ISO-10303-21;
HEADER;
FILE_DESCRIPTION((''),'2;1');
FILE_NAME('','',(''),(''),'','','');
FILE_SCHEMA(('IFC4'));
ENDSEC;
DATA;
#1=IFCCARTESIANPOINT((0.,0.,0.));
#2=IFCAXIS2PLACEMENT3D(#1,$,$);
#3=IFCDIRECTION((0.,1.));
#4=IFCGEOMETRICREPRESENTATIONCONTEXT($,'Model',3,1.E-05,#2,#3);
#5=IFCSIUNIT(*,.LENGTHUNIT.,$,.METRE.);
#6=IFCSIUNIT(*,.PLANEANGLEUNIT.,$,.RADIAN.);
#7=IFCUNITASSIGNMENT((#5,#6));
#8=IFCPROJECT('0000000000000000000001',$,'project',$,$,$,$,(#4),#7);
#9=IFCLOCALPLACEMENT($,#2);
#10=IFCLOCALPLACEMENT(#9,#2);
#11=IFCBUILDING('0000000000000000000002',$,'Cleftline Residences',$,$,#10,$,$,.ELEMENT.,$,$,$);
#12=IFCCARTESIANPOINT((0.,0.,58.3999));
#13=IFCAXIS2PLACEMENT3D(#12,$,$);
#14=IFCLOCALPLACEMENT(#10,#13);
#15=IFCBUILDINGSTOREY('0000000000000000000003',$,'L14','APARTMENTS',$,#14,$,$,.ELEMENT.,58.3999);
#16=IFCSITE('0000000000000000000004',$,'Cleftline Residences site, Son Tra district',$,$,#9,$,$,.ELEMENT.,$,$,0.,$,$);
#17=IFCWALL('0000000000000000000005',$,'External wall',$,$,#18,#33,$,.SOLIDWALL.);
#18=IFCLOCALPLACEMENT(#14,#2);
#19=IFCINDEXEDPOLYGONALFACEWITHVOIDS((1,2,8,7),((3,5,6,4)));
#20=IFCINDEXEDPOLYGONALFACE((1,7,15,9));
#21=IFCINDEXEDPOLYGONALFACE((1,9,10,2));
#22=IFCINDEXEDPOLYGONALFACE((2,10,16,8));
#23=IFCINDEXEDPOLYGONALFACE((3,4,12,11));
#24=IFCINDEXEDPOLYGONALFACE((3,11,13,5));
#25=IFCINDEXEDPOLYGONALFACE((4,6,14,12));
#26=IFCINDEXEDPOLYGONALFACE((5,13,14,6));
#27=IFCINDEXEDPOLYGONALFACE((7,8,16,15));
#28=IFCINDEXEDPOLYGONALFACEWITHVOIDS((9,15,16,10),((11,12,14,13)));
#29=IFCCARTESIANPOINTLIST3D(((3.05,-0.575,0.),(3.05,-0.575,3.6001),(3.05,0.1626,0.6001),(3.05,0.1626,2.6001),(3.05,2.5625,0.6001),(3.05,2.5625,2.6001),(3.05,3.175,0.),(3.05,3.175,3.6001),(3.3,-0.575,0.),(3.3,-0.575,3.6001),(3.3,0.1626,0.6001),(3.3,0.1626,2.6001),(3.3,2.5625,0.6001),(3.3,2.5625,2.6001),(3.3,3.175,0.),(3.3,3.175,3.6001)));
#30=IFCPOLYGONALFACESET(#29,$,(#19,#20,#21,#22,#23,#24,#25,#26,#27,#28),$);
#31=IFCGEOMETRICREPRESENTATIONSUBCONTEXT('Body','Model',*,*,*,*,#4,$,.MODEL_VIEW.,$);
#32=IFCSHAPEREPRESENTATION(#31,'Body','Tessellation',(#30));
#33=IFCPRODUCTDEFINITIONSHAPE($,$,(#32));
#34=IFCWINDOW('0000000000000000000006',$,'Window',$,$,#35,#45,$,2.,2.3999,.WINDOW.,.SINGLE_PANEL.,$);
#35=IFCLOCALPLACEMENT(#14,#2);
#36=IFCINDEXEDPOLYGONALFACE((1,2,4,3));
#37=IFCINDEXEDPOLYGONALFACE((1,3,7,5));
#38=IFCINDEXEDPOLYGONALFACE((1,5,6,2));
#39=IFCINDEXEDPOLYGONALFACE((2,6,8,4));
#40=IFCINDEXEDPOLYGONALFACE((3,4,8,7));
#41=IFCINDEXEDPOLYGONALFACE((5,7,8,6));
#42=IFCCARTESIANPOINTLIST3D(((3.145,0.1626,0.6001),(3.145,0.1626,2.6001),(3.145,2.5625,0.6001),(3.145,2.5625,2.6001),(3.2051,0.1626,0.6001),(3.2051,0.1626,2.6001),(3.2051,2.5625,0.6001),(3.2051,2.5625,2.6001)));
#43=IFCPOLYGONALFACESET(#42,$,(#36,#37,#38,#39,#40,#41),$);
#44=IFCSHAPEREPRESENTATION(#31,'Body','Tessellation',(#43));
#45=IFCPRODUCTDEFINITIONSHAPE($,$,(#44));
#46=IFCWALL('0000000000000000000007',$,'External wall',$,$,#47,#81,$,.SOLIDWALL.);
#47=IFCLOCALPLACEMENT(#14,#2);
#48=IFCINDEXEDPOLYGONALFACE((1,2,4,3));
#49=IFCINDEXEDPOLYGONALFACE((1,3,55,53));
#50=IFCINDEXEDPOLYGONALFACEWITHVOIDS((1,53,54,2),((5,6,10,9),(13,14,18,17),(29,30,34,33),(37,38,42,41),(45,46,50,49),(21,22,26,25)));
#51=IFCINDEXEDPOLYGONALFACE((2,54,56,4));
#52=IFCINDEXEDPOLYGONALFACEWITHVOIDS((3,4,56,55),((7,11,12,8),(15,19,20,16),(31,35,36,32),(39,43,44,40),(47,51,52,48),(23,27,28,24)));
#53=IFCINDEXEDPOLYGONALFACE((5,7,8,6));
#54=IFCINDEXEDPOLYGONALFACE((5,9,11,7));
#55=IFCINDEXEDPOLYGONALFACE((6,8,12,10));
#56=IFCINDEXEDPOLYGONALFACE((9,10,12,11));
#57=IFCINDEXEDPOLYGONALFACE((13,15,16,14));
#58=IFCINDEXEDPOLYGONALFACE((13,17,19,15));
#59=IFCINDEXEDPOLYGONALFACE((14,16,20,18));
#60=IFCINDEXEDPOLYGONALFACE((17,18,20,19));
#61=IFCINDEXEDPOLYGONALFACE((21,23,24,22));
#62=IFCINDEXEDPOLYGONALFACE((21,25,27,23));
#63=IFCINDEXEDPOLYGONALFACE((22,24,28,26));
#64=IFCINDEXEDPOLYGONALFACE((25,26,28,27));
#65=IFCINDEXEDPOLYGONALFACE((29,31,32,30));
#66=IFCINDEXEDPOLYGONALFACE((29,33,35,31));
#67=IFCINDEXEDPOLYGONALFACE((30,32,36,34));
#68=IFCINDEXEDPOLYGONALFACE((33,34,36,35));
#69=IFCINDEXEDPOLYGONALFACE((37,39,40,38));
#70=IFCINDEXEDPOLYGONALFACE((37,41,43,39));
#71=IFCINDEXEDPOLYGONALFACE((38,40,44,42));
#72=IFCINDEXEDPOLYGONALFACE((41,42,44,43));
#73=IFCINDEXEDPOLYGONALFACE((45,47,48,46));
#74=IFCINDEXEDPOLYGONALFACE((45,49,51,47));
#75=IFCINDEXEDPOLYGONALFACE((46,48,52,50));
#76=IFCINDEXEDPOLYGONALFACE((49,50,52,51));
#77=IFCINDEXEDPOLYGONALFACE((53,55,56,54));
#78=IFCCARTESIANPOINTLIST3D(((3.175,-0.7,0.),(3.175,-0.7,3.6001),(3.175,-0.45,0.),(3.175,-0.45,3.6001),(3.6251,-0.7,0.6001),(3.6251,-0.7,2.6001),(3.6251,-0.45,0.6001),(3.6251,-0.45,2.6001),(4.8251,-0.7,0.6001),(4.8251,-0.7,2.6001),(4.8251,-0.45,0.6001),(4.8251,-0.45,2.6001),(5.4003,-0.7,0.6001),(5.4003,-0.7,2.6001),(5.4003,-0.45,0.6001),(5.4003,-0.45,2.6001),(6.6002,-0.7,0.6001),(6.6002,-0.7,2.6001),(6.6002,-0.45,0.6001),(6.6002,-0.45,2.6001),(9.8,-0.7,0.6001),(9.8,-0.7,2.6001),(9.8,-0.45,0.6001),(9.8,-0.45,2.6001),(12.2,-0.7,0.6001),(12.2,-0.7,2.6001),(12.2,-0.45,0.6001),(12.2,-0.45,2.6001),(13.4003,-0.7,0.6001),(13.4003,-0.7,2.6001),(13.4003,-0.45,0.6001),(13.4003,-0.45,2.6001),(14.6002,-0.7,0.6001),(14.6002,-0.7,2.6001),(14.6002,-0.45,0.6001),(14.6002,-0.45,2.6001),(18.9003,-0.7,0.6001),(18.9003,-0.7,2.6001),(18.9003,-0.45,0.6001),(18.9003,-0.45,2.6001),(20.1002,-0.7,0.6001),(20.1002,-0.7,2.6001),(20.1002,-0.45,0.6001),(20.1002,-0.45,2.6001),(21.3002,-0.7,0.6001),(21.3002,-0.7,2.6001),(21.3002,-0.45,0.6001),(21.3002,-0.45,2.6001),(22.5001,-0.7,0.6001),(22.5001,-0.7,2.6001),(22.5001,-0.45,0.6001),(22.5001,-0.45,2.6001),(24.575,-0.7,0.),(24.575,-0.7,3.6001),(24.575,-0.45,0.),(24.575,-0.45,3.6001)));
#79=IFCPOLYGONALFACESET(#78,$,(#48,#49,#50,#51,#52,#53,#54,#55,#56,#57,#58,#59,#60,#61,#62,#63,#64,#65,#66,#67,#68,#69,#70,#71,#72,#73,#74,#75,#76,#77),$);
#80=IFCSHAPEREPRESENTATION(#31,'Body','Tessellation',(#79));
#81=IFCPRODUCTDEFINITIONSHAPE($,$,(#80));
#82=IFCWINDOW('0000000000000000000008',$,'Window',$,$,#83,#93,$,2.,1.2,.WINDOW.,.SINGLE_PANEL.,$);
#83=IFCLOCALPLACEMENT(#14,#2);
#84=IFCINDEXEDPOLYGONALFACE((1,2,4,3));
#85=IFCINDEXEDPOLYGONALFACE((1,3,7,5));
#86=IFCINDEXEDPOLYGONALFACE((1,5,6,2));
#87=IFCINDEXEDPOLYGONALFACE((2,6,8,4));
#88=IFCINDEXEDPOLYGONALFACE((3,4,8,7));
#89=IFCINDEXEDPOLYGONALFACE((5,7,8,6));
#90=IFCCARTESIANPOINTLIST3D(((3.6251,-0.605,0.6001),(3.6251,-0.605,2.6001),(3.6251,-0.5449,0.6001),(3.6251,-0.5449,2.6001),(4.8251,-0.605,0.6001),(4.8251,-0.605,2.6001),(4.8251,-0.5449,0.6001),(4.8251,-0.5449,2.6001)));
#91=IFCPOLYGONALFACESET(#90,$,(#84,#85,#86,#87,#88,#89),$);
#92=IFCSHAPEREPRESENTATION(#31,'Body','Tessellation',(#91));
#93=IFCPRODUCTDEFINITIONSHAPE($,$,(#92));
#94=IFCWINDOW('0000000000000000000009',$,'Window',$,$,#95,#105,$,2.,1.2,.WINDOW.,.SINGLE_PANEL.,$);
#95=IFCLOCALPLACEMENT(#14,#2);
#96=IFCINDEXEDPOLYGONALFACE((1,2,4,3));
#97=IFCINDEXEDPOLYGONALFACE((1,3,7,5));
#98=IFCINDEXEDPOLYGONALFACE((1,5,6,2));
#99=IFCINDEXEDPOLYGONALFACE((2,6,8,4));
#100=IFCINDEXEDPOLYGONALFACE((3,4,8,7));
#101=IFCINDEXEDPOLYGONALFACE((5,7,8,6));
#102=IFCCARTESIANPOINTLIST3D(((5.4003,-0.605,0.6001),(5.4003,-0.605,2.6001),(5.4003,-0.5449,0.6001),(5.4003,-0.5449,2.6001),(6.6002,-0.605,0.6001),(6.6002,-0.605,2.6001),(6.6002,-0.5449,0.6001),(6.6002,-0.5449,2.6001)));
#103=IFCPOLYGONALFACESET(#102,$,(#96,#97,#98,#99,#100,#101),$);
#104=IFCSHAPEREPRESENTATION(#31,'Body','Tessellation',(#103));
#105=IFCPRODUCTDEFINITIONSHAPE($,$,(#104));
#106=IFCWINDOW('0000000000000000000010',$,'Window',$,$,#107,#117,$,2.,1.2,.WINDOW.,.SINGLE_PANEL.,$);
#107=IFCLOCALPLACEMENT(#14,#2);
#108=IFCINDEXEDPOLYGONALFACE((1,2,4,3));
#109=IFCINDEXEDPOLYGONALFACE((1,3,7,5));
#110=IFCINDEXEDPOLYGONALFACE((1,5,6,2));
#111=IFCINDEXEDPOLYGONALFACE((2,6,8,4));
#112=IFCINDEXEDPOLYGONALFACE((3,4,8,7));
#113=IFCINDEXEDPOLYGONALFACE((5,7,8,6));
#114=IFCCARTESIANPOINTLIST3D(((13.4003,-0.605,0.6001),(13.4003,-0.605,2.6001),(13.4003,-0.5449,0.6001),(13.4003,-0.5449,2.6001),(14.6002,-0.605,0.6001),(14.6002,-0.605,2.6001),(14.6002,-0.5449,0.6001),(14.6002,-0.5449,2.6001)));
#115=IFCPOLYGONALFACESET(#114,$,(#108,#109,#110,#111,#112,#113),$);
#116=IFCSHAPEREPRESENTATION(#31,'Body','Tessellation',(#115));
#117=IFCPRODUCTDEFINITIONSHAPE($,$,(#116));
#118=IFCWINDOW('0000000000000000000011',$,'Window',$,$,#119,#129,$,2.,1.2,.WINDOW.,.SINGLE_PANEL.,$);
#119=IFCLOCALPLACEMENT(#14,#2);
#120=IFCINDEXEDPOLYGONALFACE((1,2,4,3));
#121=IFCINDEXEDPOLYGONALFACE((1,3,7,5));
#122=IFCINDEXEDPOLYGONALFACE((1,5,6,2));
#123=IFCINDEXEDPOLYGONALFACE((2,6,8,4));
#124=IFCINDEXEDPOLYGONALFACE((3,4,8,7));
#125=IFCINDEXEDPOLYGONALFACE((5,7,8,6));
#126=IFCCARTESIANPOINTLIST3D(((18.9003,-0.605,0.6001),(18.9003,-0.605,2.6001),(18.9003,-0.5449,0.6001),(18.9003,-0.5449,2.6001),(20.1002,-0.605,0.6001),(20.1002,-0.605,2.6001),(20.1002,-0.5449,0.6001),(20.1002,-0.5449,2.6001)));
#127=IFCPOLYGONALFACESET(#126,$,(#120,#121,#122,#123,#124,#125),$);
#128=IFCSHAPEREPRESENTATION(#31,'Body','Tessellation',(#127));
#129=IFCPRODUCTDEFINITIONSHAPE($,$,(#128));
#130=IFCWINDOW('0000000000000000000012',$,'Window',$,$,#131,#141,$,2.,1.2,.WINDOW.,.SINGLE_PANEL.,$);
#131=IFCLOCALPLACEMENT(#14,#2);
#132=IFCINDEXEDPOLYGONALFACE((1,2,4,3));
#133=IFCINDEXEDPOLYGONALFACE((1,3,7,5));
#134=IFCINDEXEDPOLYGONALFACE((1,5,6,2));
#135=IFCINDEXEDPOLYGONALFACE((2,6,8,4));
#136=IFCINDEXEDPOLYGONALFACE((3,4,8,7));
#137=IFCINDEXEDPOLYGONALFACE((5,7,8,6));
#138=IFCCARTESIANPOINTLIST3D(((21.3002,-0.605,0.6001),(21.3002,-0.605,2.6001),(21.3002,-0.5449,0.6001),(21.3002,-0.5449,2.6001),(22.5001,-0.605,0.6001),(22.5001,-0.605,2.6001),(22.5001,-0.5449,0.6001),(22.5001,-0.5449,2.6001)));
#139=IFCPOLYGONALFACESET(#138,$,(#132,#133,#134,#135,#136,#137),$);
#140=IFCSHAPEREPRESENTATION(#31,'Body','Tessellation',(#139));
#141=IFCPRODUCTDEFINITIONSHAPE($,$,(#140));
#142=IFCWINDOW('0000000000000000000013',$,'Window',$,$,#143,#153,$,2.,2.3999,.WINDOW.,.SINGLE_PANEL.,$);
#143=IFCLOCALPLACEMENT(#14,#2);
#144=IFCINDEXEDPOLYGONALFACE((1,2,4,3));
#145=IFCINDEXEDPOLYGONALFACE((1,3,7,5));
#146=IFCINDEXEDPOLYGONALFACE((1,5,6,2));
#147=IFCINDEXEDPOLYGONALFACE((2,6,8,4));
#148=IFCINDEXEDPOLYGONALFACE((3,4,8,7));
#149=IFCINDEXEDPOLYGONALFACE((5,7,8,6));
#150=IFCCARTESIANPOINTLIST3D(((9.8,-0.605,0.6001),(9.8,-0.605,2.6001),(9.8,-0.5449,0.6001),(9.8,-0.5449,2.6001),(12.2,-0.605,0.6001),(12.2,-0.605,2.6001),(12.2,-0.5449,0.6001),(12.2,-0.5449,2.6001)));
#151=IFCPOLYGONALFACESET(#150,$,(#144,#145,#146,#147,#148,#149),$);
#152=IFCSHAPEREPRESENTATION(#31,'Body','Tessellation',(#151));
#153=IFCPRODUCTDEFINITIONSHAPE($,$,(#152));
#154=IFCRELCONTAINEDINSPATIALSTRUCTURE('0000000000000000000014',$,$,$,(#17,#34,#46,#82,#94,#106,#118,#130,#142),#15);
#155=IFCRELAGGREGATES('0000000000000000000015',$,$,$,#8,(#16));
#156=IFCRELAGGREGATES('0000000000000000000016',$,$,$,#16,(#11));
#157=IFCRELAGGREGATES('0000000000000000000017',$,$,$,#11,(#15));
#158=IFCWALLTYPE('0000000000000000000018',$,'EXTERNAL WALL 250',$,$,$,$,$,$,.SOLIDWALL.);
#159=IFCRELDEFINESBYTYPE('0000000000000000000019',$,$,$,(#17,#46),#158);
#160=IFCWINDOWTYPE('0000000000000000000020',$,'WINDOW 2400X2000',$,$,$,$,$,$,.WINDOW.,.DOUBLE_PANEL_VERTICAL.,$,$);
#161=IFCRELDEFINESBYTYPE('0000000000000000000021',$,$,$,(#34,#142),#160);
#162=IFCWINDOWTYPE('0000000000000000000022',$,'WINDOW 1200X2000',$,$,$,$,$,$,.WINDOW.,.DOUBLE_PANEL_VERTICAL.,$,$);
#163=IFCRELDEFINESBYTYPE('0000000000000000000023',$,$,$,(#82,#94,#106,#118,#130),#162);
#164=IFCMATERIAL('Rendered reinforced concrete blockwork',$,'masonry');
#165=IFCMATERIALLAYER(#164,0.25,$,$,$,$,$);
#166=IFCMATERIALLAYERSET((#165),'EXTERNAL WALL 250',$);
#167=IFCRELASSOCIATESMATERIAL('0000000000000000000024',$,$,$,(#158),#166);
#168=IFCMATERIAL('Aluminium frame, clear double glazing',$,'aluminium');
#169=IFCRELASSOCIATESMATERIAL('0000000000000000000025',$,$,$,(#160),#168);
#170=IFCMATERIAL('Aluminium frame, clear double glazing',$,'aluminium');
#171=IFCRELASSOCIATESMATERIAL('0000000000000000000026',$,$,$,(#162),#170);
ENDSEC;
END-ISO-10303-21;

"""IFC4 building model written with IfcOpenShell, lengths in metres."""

from ifc_helpers import new_model, si_unit, direction, frame, frame_2d, origin, place, context, subcontext, project, spatial, rectangle, extrude, material, layer, layer_set, type_object, element, fill, save


model = new_model("IFC4")

# Units and contexts
model_context = context("Model", 3, precision=1e-05, world=origin(), true_north=direction((0.0, 1.0)))
body_context = subcontext(model_context, "Body", "Model", "MODEL_VIEW")
ifc_project = project(units=[si_unit("LENGTHUNIT", "METRE"), si_unit("PLANEANGLEUNIT", "RADIAN")], contexts=[model_context])

# Site, building, storey
site_placement = place(None, origin())
site = spatial("IfcSite", under=ifc_project, at=site_placement, Name="Cleftline Residences site, Son Tra district", CompositionType="ELEMENT", RefElevation=0.0)
building_placement = place(site_placement, origin())
building = spatial("IfcBuilding", under=site, at=building_placement, Name="Cleftline Residences", CompositionType="ELEMENT")
storey_placement = place(building_placement, frame((0.0, 0.0, 58.3999)))
storey = spatial("IfcBuildingStorey", under=building, at=storey_placement, Name="L14", Description="APARTMENTS", CompositionType="ELEMENT", Elevation=58.3999)

# Wall, opening, window
ifc_material_1 = material(Name="Rendered reinforced concrete blockwork", Category="masonry")
ifc_layer_1 = layer(ifc_material_1, 0.25)
ifc_layer_set_1 = layer_set([ifc_layer_1], Name="EXTERNAL WALL 250")
wall_type_1 = type_object("IfcWallType", Name="EXTERNAL WALL 250", PredefinedType="SOLIDWALL", material=ifc_layer_set_1)
wall_1_placement = place(storey_placement, frame((3.175, 3.175, 0.0), z_axis=(0.0, 0.0, 1.0), x_axis=(0.0, -1.0, 0.0)))
wall_1 = element("IfcWall", 1, at=wall_1_placement, inside=storey, type_object=wall_type_1, Name="External wall", PredefinedType="SOLIDWALL", context=body_context, shape_type="SweptSolid", body=[
    extrude(rectangle(XDim=3.75, YDim=0.25, at=frame_2d((1.875, 0.0))), origin(), (0.0, 0.0, 1.0), 3.6001),
])
opening_1_placement = place(wall_1_placement, frame((0.6125, 0.0, 0.6001)))
opening_1 = element("IfcOpeningElement", 2, at=opening_1_placement, cuts=wall_1, PredefinedType="OPENING", context=body_context, shape_type="SweptSolid", body=[
    extrude(rectangle(XDim=2.3999, YDim=2.0, at=frame_2d((1.2, 1.0))), frame((0.0, 0.135, 0.0), z_axis=(0.0, -1.0, 0.0), x_axis=(1.0, 0.0, 0.0)), (0.0, 0.0, 1.0), 0.27),
])
ifc_material_2 = material(Name="Aluminium frame, clear double glazing", Category="aluminium")
window_type_1 = type_object("IfcWindowType", Name="WINDOW 2400X2000", PartitioningType="DOUBLE_PANEL_VERTICAL", PredefinedType="WINDOW", material=ifc_material_2)
window_1_placement = place(opening_1_placement, origin())
window_1 = element("IfcWindow", 3, at=window_1_placement, inside=storey, type_object=window_type_1, Name="Window", OverallHeight=2.0, OverallWidth=2.3999, PartitioningType="SINGLE_PANEL", PredefinedType="WINDOW", context=body_context, shape_type="SweptSolid", body=[
    extrude(rectangle(XDim=2.3999, YDim=2.0, at=frame_2d((1.2, 1.0))), frame((0.0, 0.03, 0.0), z_axis=(0.0, -1.0, 0.0), x_axis=(1.0, 0.0, 0.0)), (0.0, 0.0, 1.0), 0.0601),
])
fill(opening_1, window_1)

# Wall, openings, windows
wall_2_placement = place(storey_placement, frame((3.175, -0.575, 0.0), z_axis=(0.0, 0.0, 1.0), x_axis=(1.0, 0.0, 0.0)))
wall_2 = element("IfcWall", 4, at=wall_2_placement, inside=storey, type_object=wall_type_1, Name="External wall", PredefinedType="SOLIDWALL", context=body_context, shape_type="SweptSolid", body=[
    extrude(rectangle(XDim=21.3999, YDim=0.25, at=frame_2d((10.7, 0.0))), origin(), (0.0, 0.0, 1.0), 3.6001),
])
opening_2_placement = place(wall_2_placement, frame((0.45, 0.0, 0.6001)))
opening_2 = element("IfcOpeningElement", 5, at=opening_2_placement, cuts=wall_2, PredefinedType="OPENING", context=body_context, shape_type="SweptSolid", body=[
    extrude(rectangle(XDim=1.2, YDim=2.0, at=frame_2d((0.6001, 1.0))), frame((0.0, 0.135, 0.0), z_axis=(0.0, -1.0, 0.0), x_axis=(1.0, 0.0, 0.0)), (0.0, 0.0, 1.0), 0.27),
])
opening_3_placement = place(wall_2_placement, frame((2.2251, 0.0, 0.6001)))
opening_3 = element("IfcOpeningElement", 6, at=opening_3_placement, cuts=wall_2, PredefinedType="OPENING", context=body_context, shape_type="SweptSolid", body=[
    extrude(rectangle(XDim=1.2, YDim=2.0, at=frame_2d((0.6001, 1.0))), frame((0.0, 0.135, 0.0), z_axis=(0.0, -1.0, 0.0), x_axis=(1.0, 0.0, 0.0)), (0.0, 0.0, 1.0), 0.27),
])
opening_4_placement = place(wall_2_placement, frame((6.625, 0.0, 0.6001)))
opening_4 = element("IfcOpeningElement", 7, at=opening_4_placement, cuts=wall_2, PredefinedType="OPENING", context=body_context, shape_type="SweptSolid", body=[
    extrude(rectangle(XDim=2.3999, YDim=2.0, at=frame_2d((1.2, 1.0))), frame((0.0, 0.135, 0.0), z_axis=(0.0, -1.0, 0.0), x_axis=(1.0, 0.0, 0.0)), (0.0, 0.0, 1.0), 0.27),
])
opening_5_placement = place(wall_2_placement, frame((10.2251, 0.0, 0.6001)))
opening_5 = element("IfcOpeningElement", 8, at=opening_5_placement, cuts=wall_2, PredefinedType="OPENING", context=body_context, shape_type="SweptSolid", body=[
    extrude(rectangle(XDim=1.2, YDim=2.0, at=frame_2d((0.6001, 1.0))), frame((0.0, 0.135, 0.0), z_axis=(0.0, -1.0, 0.0), x_axis=(1.0, 0.0, 0.0)), (0.0, 0.0, 1.0), 0.27),
])
opening_6_placement = place(wall_2_placement, frame((15.7251, 0.0, 0.6001)))
opening_6 = element("IfcOpeningElement", 9, at=opening_6_placement, cuts=wall_2, PredefinedType="OPENING", context=body_context, shape_type="SweptSolid", body=[
    extrude(rectangle(XDim=1.2, YDim=2.0, at=frame_2d((0.6001, 1.0))), frame((0.0, 0.135, 0.0), z_axis=(0.0, -1.0, 0.0), x_axis=(1.0, 0.0, 0.0)), (0.0, 0.0, 1.0), 0.27),
])
opening_7_placement = place(wall_2_placement, frame((18.125, 0.0, 0.6001)))
opening_7 = element("IfcOpeningElement", 10, at=opening_7_placement, cuts=wall_2, PredefinedType="OPENING", context=body_context, shape_type="SweptSolid", body=[
    extrude(rectangle(XDim=1.2, YDim=2.0, at=frame_2d((0.6001, 1.0))), frame((0.0, 0.135, 0.0), z_axis=(0.0, -1.0, 0.0), x_axis=(1.0, 0.0, 0.0)), (0.0, 0.0, 1.0), 0.27),
])
ifc_material_3 = material(Name="Aluminium frame, clear double glazing", Category="aluminium")
window_type_2 = type_object("IfcWindowType", Name="WINDOW 1200X2000", PartitioningType="DOUBLE_PANEL_VERTICAL", PredefinedType="WINDOW", material=ifc_material_3)
window_2_placement = place(opening_2_placement, origin())
window_2 = element("IfcWindow", 11, at=window_2_placement, inside=storey, type_object=window_type_2, Name="Window", OverallHeight=2.0, OverallWidth=1.2, PartitioningType="SINGLE_PANEL", PredefinedType="WINDOW", context=body_context, shape_type="SweptSolid", body=[
    extrude(rectangle(XDim=1.2, YDim=2.0, at=frame_2d((0.6001, 1.0))), frame((0.0, 0.03, 0.0), z_axis=(0.0, -1.0, 0.0), x_axis=(1.0, 0.0, 0.0)), (0.0, 0.0, 1.0), 0.0601),
])
fill(opening_2, window_2)
window_3_placement = place(opening_3_placement, origin())
window_3 = element("IfcWindow", 12, at=window_3_placement, inside=storey, type_object=window_type_2, Name="Window", OverallHeight=2.0, OverallWidth=1.2, PartitioningType="SINGLE_PANEL", PredefinedType="WINDOW", context=body_context, shape_type="SweptSolid", body=[
    extrude(rectangle(XDim=1.2, YDim=2.0, at=frame_2d((0.6001, 1.0))), frame((0.0, 0.03, 0.0), z_axis=(0.0, -1.0, 0.0), x_axis=(1.0, 0.0, 0.0)), (0.0, 0.0, 1.0), 0.0601),
])
fill(opening_3, window_3)
window_4_placement = place(opening_5_placement, origin())
window_4 = element("IfcWindow", 13, at=window_4_placement, inside=storey, type_object=window_type_2, Name="Window", OverallHeight=2.0, OverallWidth=1.2, PartitioningType="SINGLE_PANEL", PredefinedType="WINDOW", context=body_context, shape_type="SweptSolid", body=[
    extrude(rectangle(XDim=1.2, YDim=2.0, at=frame_2d((0.6001, 1.0))), frame((0.0, 0.03, 0.0), z_axis=(0.0, -1.0, 0.0), x_axis=(1.0, 0.0, 0.0)), (0.0, 0.0, 1.0), 0.0601),
])
fill(opening_5, window_4)
window_5_placement = place(opening_6_placement, origin())
window_5 = element("IfcWindow", 14, at=window_5_placement, inside=storey, type_object=window_type_2, Name="Window", OverallHeight=2.0, OverallWidth=1.2, PartitioningType="SINGLE_PANEL", PredefinedType="WINDOW", context=body_context, shape_type="SweptSolid", body=[
    extrude(rectangle(XDim=1.2, YDim=2.0, at=frame_2d((0.6001, 1.0))), frame((0.0, 0.03, 0.0), z_axis=(0.0, -1.0, 0.0), x_axis=(1.0, 0.0, 0.0)), (0.0, 0.0, 1.0), 0.0601),
])
fill(opening_6, window_5)
window_6_placement = place(opening_7_placement, origin())
window_6 = element("IfcWindow", 15, at=window_6_placement, inside=storey, type_object=window_type_2, Name="Window", OverallHeight=2.0, OverallWidth=1.2, PartitioningType="SINGLE_PANEL", PredefinedType="WINDOW", context=body_context, shape_type="SweptSolid", body=[
    extrude(rectangle(XDim=1.2, YDim=2.0, at=frame_2d((0.6001, 1.0))), frame((0.0, 0.03, 0.0), z_axis=(0.0, -1.0, 0.0), x_axis=(1.0, 0.0, 0.0)), (0.0, 0.0, 1.0), 0.0601),
])
fill(opening_7, window_6)
window_7_placement = place(opening_4_placement, origin())
window_7 = element("IfcWindow", 16, at=window_7_placement, inside=storey, type_object=window_type_1, Name="Window", OverallHeight=2.0, OverallWidth=2.3999, PartitioningType="SINGLE_PANEL", PredefinedType="WINDOW", context=body_context, shape_type="SweptSolid", body=[
    extrude(rectangle(XDim=2.3999, YDim=2.0, at=frame_2d((1.2, 1.0))), frame((0.0, 0.03, 0.0), z_axis=(0.0, -1.0, 0.0), x_axis=(1.0, 0.0, 0.0)), (0.0, 0.0, 1.0), 0.0601),
])
fill(opening_4, window_7)

save(model, "model.ifc")
